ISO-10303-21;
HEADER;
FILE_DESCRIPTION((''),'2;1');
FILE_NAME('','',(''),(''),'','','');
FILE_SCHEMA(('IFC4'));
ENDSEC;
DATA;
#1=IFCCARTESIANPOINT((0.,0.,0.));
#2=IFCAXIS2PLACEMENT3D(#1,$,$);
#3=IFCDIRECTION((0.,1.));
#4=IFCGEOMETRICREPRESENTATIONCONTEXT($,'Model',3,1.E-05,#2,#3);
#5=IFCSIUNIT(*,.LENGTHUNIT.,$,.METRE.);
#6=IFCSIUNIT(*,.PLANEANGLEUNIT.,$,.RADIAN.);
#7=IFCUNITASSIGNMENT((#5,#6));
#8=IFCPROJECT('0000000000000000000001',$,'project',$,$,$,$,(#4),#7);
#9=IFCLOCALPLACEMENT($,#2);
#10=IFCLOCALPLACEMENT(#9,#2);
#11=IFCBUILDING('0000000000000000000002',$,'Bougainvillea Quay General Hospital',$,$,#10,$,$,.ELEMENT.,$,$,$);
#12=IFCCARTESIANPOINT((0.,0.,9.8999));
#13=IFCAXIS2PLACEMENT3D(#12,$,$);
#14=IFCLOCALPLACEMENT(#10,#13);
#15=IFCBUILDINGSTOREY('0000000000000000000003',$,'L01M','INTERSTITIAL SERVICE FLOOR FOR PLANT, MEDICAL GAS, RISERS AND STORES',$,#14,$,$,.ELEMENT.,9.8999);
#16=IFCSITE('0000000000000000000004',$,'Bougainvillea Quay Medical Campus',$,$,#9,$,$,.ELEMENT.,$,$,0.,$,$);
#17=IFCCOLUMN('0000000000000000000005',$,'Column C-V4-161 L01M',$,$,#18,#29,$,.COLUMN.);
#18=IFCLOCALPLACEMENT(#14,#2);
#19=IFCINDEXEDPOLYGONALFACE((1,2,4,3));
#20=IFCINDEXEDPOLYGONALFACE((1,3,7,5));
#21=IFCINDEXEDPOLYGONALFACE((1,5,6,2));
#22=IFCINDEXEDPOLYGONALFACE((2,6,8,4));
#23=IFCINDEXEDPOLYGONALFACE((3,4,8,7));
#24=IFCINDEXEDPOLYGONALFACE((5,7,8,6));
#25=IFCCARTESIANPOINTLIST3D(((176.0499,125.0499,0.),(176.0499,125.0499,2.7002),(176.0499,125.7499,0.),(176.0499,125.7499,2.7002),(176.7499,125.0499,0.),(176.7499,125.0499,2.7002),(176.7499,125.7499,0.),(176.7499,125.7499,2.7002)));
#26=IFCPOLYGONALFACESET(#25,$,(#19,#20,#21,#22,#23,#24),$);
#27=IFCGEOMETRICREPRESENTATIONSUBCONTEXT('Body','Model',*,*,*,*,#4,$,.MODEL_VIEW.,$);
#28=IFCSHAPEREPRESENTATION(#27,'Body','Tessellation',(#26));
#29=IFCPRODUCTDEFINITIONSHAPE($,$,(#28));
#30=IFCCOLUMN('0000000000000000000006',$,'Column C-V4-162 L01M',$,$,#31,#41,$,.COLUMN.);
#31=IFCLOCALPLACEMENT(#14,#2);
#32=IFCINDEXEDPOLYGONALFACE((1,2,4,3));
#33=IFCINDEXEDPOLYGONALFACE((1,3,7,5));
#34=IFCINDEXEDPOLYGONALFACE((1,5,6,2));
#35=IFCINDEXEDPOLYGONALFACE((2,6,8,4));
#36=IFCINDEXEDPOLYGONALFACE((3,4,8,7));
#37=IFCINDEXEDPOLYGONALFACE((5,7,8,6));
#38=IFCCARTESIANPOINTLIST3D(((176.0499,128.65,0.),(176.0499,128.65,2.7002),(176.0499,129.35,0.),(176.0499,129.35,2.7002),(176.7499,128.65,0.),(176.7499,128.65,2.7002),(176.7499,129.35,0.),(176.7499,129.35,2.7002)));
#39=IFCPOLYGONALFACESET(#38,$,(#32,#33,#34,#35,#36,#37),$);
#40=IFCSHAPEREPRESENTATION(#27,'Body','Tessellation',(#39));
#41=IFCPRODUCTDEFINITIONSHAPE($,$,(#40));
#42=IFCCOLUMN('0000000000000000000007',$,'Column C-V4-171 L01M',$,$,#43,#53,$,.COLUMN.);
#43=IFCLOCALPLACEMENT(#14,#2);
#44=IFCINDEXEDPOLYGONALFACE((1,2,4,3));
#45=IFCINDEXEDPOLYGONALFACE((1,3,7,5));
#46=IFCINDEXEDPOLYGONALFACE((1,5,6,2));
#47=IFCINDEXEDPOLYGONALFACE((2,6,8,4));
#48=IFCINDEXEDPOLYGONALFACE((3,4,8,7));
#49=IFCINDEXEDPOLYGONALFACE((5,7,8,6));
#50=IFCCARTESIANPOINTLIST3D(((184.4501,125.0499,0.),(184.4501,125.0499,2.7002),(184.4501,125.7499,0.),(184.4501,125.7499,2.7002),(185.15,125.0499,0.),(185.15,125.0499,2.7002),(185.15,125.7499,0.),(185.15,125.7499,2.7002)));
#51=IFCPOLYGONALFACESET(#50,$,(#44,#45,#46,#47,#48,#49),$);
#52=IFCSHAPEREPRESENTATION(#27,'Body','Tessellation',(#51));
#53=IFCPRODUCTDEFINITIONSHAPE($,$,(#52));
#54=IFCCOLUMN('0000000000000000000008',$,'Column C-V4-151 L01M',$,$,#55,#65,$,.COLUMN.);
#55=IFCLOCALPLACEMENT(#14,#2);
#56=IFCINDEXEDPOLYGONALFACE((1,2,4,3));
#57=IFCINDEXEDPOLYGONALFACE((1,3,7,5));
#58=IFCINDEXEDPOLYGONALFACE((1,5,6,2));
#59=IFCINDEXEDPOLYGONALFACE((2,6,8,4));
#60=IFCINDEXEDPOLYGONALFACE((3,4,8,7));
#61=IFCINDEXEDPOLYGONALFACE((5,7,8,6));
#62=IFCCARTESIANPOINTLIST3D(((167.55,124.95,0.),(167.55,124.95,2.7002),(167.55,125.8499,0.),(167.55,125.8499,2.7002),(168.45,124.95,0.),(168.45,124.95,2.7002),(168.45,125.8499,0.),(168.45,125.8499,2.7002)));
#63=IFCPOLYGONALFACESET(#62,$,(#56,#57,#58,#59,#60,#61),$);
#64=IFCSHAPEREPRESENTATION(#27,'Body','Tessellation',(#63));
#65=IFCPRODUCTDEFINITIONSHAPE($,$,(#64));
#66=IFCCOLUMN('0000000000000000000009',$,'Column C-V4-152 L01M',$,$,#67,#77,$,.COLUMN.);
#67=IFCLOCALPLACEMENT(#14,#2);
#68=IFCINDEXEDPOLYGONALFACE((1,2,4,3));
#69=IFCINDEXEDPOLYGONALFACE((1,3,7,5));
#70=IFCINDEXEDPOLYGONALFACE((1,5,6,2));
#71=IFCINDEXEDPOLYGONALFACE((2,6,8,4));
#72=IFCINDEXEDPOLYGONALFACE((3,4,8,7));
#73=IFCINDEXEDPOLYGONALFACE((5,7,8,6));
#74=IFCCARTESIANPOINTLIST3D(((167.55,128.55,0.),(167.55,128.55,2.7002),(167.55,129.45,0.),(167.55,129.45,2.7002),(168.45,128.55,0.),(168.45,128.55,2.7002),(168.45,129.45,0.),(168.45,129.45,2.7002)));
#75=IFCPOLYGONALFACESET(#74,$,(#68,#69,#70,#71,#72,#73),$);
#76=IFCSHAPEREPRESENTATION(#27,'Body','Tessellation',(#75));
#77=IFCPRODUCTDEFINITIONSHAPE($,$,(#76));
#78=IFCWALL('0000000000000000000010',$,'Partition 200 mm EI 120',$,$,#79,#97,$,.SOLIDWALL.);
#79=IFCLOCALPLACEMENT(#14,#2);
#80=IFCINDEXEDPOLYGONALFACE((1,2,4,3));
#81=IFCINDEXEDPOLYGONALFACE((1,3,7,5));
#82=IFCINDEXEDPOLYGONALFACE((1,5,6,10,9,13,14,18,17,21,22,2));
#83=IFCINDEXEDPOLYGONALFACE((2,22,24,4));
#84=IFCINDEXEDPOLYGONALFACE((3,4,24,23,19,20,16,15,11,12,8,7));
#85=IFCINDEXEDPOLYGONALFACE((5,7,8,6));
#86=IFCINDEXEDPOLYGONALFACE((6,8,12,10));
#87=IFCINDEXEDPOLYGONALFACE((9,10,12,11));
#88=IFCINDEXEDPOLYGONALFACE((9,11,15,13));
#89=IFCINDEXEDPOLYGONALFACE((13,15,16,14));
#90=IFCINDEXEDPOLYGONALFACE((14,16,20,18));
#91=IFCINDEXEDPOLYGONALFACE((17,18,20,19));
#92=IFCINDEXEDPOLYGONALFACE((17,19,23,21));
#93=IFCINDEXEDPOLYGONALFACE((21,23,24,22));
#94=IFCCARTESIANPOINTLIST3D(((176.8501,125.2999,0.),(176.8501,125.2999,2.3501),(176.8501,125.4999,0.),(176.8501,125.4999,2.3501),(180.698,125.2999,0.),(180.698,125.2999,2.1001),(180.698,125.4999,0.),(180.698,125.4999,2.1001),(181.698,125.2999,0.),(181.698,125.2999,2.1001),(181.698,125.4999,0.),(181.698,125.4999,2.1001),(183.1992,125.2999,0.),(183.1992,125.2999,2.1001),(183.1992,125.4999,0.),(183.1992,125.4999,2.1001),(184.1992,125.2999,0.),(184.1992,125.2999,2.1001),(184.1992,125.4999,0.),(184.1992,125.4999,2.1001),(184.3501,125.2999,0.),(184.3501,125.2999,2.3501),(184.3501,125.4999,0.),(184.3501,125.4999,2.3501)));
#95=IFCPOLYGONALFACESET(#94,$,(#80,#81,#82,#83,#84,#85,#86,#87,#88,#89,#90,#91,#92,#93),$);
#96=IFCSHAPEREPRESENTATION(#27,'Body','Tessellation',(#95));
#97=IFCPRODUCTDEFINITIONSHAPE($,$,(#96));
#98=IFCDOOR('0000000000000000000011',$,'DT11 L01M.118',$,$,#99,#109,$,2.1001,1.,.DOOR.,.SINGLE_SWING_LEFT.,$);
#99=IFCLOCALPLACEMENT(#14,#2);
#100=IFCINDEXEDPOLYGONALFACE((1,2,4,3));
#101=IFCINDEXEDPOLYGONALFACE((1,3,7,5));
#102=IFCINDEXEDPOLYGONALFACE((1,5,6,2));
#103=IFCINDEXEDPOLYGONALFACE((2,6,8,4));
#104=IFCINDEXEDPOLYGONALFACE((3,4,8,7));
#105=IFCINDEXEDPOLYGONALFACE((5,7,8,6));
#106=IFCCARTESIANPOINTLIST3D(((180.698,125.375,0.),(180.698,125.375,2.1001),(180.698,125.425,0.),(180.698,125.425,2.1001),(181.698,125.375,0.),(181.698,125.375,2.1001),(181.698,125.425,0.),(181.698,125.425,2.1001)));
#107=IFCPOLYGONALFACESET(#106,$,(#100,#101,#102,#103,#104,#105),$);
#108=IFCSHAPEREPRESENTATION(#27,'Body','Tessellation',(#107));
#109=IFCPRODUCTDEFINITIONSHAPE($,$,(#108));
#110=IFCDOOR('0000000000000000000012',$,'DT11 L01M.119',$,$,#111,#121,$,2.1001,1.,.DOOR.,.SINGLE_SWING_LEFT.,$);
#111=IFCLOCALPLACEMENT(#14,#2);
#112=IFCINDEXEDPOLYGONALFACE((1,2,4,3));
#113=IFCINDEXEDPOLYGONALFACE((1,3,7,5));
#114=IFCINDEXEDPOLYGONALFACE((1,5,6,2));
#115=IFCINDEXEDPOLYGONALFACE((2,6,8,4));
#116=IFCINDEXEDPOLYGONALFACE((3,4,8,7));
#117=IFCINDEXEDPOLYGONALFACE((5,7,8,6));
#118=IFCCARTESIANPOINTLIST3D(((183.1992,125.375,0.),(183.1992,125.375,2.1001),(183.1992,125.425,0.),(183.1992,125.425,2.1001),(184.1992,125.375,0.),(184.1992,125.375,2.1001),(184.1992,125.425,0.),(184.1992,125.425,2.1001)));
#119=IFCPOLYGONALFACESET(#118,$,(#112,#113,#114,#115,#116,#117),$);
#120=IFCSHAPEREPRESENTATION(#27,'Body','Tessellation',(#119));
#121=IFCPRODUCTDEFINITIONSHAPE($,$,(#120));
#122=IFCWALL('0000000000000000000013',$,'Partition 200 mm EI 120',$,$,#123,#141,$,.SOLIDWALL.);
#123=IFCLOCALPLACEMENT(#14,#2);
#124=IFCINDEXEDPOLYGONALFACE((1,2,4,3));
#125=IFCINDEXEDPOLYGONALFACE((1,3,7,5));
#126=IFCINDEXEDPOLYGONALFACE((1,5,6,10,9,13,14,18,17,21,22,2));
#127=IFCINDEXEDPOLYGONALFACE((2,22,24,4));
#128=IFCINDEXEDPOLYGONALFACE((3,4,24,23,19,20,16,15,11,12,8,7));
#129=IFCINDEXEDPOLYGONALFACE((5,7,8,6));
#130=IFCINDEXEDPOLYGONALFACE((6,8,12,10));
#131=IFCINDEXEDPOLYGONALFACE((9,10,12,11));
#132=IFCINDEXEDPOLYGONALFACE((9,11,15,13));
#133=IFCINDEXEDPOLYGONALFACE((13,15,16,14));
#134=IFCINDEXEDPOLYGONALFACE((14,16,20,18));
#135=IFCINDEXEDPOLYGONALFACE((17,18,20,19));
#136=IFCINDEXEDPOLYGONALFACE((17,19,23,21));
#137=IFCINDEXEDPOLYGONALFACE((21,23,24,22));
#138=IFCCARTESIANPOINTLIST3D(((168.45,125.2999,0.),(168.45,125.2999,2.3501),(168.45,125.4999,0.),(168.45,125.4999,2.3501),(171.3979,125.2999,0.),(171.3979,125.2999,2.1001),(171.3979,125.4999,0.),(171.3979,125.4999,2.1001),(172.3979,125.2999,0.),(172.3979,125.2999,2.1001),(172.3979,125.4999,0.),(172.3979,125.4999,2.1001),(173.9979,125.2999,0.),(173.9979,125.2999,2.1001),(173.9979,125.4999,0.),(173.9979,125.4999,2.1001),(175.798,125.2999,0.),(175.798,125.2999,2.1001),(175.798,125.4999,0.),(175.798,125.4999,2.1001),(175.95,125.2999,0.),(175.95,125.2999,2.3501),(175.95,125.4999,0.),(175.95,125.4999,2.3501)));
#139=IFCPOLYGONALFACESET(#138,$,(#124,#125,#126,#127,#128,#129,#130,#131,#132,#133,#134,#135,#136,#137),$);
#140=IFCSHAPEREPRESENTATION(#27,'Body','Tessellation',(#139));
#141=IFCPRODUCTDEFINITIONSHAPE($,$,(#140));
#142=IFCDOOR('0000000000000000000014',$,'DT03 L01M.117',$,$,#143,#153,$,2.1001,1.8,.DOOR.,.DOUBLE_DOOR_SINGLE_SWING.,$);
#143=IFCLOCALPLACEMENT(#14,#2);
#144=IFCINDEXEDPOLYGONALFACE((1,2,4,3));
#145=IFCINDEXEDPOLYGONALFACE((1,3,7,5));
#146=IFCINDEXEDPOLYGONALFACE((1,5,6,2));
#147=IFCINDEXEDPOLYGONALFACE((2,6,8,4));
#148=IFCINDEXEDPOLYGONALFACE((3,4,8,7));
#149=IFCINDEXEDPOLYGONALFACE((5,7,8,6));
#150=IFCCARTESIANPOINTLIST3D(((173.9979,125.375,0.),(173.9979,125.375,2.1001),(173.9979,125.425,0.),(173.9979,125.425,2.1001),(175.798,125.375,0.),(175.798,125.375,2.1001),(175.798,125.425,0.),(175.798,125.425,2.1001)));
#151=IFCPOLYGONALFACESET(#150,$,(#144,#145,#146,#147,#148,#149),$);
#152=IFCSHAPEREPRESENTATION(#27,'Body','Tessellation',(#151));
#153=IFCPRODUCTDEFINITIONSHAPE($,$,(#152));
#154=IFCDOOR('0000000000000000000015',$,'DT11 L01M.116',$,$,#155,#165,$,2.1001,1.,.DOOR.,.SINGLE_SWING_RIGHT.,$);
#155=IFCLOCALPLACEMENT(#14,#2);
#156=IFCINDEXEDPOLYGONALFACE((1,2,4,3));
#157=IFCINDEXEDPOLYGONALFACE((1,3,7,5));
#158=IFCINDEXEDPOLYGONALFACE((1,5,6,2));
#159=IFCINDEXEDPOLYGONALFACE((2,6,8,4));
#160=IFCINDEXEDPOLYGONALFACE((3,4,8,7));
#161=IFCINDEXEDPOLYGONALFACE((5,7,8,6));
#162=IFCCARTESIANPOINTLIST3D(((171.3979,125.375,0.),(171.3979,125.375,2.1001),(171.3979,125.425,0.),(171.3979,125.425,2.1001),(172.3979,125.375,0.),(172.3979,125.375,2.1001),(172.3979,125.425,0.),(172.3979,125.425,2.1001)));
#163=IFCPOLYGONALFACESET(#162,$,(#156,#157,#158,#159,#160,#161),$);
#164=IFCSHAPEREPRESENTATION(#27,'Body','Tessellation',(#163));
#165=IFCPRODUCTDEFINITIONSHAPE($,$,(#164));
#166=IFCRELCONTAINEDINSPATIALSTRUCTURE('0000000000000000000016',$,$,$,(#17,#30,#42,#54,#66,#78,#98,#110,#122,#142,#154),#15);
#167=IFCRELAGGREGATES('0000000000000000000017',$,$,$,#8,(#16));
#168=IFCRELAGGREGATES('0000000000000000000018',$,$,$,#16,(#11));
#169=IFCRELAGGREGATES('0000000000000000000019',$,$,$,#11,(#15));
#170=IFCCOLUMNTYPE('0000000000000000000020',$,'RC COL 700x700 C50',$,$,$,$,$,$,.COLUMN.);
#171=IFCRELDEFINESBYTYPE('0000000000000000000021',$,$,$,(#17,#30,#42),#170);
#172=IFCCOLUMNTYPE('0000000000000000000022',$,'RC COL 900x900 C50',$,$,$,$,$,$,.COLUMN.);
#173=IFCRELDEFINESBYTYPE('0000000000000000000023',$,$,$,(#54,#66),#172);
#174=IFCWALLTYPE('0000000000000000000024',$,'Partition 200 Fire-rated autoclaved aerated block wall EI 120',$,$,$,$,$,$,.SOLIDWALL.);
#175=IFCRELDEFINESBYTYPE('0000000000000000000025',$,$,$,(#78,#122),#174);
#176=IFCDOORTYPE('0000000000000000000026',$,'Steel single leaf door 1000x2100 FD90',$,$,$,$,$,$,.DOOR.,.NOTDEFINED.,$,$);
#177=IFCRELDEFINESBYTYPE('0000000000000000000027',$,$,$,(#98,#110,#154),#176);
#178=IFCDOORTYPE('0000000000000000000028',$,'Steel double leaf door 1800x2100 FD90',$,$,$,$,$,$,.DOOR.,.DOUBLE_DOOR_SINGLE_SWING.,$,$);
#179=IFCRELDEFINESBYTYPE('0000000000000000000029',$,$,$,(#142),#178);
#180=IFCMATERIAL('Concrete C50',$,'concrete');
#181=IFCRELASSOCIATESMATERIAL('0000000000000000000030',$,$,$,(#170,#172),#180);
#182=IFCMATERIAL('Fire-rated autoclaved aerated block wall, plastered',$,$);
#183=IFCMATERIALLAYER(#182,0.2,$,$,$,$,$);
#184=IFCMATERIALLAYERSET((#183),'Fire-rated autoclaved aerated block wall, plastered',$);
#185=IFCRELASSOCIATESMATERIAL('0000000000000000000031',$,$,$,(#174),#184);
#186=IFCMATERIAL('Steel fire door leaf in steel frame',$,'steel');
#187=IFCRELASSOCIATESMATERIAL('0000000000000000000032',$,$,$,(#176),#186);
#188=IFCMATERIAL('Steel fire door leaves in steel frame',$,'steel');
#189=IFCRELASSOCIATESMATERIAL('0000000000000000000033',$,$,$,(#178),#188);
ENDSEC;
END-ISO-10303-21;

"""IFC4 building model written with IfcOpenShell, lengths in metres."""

from ifc_helpers import new_model, si_unit, direction, frame, frame_2d, origin, origin_2d, place, context, subcontext, project, spatial, rectangle, extrude, material, layer, layer_set, material_profile, profile_set, type_object, element, fill, save


model = new_model("IFC4")

# Units and contexts
model_context = context("Model", 3, precision=1e-05, world=origin(), true_north=direction((0.0, 1.0)))
body_context = subcontext(model_context, "Body", "Model", "MODEL_VIEW")
ifc_project = project(units=[si_unit("LENGTHUNIT", "METRE"), si_unit("PLANEANGLEUNIT", "RADIAN")], contexts=[model_context])

# Site, building, storey
site_placement = place(None, origin())
site = spatial("IfcSite", under=ifc_project, at=site_placement, Name="Bougainvillea Quay Medical Campus", CompositionType="ELEMENT", RefElevation=0.0)
building_placement = place(site_placement, origin())
building = spatial("IfcBuilding", under=site, at=building_placement, Name="Bougainvillea Quay General Hospital", CompositionType="ELEMENT")
storey_placement = place(building_placement, frame((0.0, 0.0, 9.8999)))
storey = spatial("IfcBuildingStorey", under=building, at=storey_placement, Name="L01M", Description="INTERSTITIAL SERVICE FLOOR FOR PLANT, MEDICAL GAS, RISERS AND STORES", CompositionType="ELEMENT", Elevation=9.8999)

# Columns
ifc_material_1 = material(Name="Concrete C50", Category="concrete")
ifc_material_profile_1 = material_profile(ifc_material_1, rectangle(XDim=0.7, YDim=0.7, at=origin_2d()))
ifc_profile_set_1 = profile_set([ifc_material_profile_1], Name="Concrete C50")
column_type_1 = type_object("IfcColumnType", Name="RC COL 700x700 C50", PredefinedType="COLUMN", material=ifc_profile_set_1)
for number, where, z_axis, x_axis, name in (
    (1, (176.3999, 125.3999, 0.0), (0.0, 0.0, 1.0), (1.0, 0.0, 0.0), "Column C-V4-161 L01M"),
    (2, (176.3999, 129.0, 0.0), (0.0, 0.0, 1.0), (1.0, 0.0, 0.0), "Column C-V4-162 L01M"),
    (3, (184.8, 125.3999, 0.0), (0.0, 0.0, 1.0), (1.0, 0.0, 0.0), "Column C-V4-171 L01M"),
):
    element("IfcColumn", number, at=place(storey_placement, frame(where, z_axis=z_axis, x_axis=x_axis)), inside=storey, type_object=column_type_1, Name=name, PredefinedType="COLUMN", context=body_context, shape_type="SweptSolid", body=[
        extrude(rectangle(XDim=0.7, YDim=0.7, at=origin_2d()), origin(), (0.0, 0.0, 1.0), 2.7002),
    ])
ifc_material_profile_2 = material_profile(ifc_material_1, rectangle(XDim=0.8999, YDim=0.8999, at=origin_2d()))
ifc_profile_set_2 = profile_set([ifc_material_profile_2], Name="Concrete C50")
column_type_2 = type_object("IfcColumnType", Name="RC COL 900x900 C50", PredefinedType="COLUMN", material=ifc_profile_set_2)
for number, where, z_axis, x_axis, name in (
    (4, (168.0, 125.3999, 0.0), (0.0, 0.0, 1.0), (1.0, 0.0, 0.0), "Column C-V4-151 L01M"),
    (5, (168.0, 129.0, 0.0), (0.0, 0.0, 1.0), (1.0, 0.0, 0.0), "Column C-V4-152 L01M"),
):
    element("IfcColumn", number, at=place(storey_placement, frame(where, z_axis=z_axis, x_axis=x_axis)), inside=storey, type_object=column_type_2, Name=name, PredefinedType="COLUMN", context=body_context, shape_type="SweptSolid", body=[
        extrude(rectangle(XDim=0.8999, YDim=0.8999, at=origin_2d()), origin(), (0.0, 0.0, 1.0), 2.7002),
    ])

# Walls, openings, doors
ifc_material_2 = material(Name="Fire-rated autoclaved aerated block wall, plastered")
ifc_layer_1 = layer(ifc_material_2, 0.2)
ifc_layer_set_1 = layer_set([ifc_layer_1], Name="Fire-rated autoclaved aerated block wall, plastered")
wall_type_1 = type_object("IfcWallType", Name="Partition 200 Fire-rated autoclaved aerated block wall EI 120", PredefinedType="SOLIDWALL", material=ifc_layer_set_1)
wall_1_placement = place(storey_placement, frame((184.3501, 125.3999, 0.0), z_axis=(0.0, 0.0, 1.0), x_axis=(-1.0, 0.0, 0.0)))
wall_1 = element("IfcWall", 6, at=wall_1_placement, inside=storey, type_object=wall_type_1, Name="Partition 200 mm EI 120", PredefinedType="SOLIDWALL", context=body_context, shape_type="SweptSolid", body=[
    extrude(rectangle(XDim=7.5, YDim=0.2, at=frame_2d((3.75, 0.0))), origin(), (0.0, 0.0, 1.0), 2.3501),
])
opening_1_placement = place(wall_1_placement, frame((2.6521, 0.0, 0.0)))
opening_1 = element("IfcOpeningElement", 7, at=opening_1_placement, cuts=wall_1, PredefinedType="OPENING", context=body_context, shape_type="SweptSolid", body=[
    extrude(rectangle(XDim=1.0, YDim=2.1001, at=frame_2d((0.5, 1.05))), frame((0.0, 0.1099, 0.0), z_axis=(0.0, -1.0, 0.0), x_axis=(1.0, 0.0, 0.0)), (0.0, 0.0, 1.0), 0.22),
])
opening_2_placement = place(wall_1_placement, frame((0.1509, 0.0, 0.0)))
opening_2 = element("IfcOpeningElement", 8, at=opening_2_placement, cuts=wall_1, PredefinedType="OPENING", context=body_context, shape_type="SweptSolid", body=[
    extrude(rectangle(XDim=1.0, YDim=2.1001, at=frame_2d((0.5, 1.05))), frame((0.0, 0.1099, 0.0), z_axis=(0.0, -1.0, 0.0), x_axis=(1.0, 0.0, 0.0)), (0.0, 0.0, 1.0), 0.22),
])
ifc_material_3 = material(Name="Steel fire door leaf in steel frame", Category="steel")
door_type_1 = type_object("IfcDoorType", Name="Steel single leaf door 1000x2100 FD90", OperationType="NOTDEFINED", PredefinedType="DOOR", material=ifc_material_3)
door_1_placement = place(opening_1_placement, origin())
door_1 = element("IfcDoor", 9, at=door_1_placement, inside=storey, type_object=door_type_1, Name="DT11 L01M.118", OperationType="SINGLE_SWING_LEFT", OverallHeight=2.1001, OverallWidth=1.0, PredefinedType="DOOR", context=body_context, shape_type="SweptSolid", body=[
    extrude(rectangle(XDim=1.0, YDim=2.1001, at=frame_2d((0.5, 1.05))), frame((0.0, 0.0249, 0.0), z_axis=(0.0, -1.0, 0.0), x_axis=(1.0, 0.0, 0.0)), (0.0, 0.0, 1.0), 0.05),
])
fill(opening_1, door_1)
door_2_placement = place(opening_2_placement, origin())
door_2 = element("IfcDoor", 10, at=door_2_placement, inside=storey, type_object=door_type_1, Name="DT11 L01M.119", OperationType="SINGLE_SWING_LEFT", OverallHeight=2.1001, OverallWidth=1.0, PredefinedType="DOOR", context=body_context, shape_type="SweptSolid", body=[
    extrude(rectangle(XDim=1.0, YDim=2.1001, at=frame_2d((0.5, 1.05))), frame((0.0, 0.0249, 0.0), z_axis=(0.0, -1.0, 0.0), x_axis=(1.0, 0.0, 0.0)), (0.0, 0.0, 1.0), 0.05),
])
fill(opening_2, door_2)
wall_2_placement = place(storey_placement, frame((175.95, 125.3999, 0.0), z_axis=(0.0, 0.0, 1.0), x_axis=(-1.0, 0.0, 0.0)))
wall_2 = element("IfcWall", 11, at=wall_2_placement, inside=storey, type_object=wall_type_1, Name="Partition 200 mm EI 120", PredefinedType="SOLIDWALL", context=body_context, shape_type="SweptSolid", body=[
    extrude(rectangle(XDim=7.5, YDim=0.2, at=frame_2d((3.75, 0.0))), origin(), (0.0, 0.0, 1.0), 2.3501),
])
opening_3_placement = place(wall_2_placement, frame((3.552, 0.0, 0.0)))
opening_3 = element("IfcOpeningElement", 12, at=opening_3_placement, cuts=wall_2, PredefinedType="OPENING", context=body_context, shape_type="SweptSolid", body=[
    extrude(rectangle(XDim=1.0, YDim=2.1001, at=frame_2d((0.5, 1.05))), frame((0.0, 0.1099, 0.0), z_axis=(0.0, -1.0, 0.0), x_axis=(1.0, 0.0, 0.0)), (0.0, 0.0, 1.0), 0.22),
])
opening_4_placement = place(wall_2_placement, frame((0.1521, 0.0, 0.0)))
opening_4 = element("IfcOpeningElement", 13, at=opening_4_placement, cuts=wall_2, PredefinedType="OPENING", context=body_context, shape_type="SweptSolid", body=[
    extrude(rectangle(XDim=1.8, YDim=2.1001, at=frame_2d((0.8999, 1.05))), frame((0.0, 0.1099, 0.0), z_axis=(0.0, -1.0, 0.0), x_axis=(1.0, 0.0, 0.0)), (0.0, 0.0, 1.0), 0.22),
])
ifc_material_4 = material(Name="Steel fire door leaves in steel frame", Category="steel")
door_type_2 = type_object("IfcDoorType", Name="Steel double leaf door 1800x2100 FD90", OperationType="DOUBLE_DOOR_SINGLE_SWING", PredefinedType="DOOR", material=ifc_material_4)
door_3_placement = place(opening_4_placement, origin())
door_3 = element("IfcDoor", 14, at=door_3_placement, inside=storey, type_object=door_type_2, Name="DT03 L01M.117", OperationType="DOUBLE_DOOR_SINGLE_SWING", OverallHeight=2.1001, OverallWidth=1.8, PredefinedType="DOOR", context=body_context, shape_type="SweptSolid", body=[
    extrude(rectangle(XDim=1.8, YDim=2.1001, at=frame_2d((0.8999, 1.05))), frame((0.0, 0.0249, 0.0), z_axis=(0.0, -1.0, 0.0), x_axis=(1.0, 0.0, 0.0)), (0.0, 0.0, 1.0), 0.05),
])
fill(opening_4, door_3)
door_4_placement = place(opening_3_placement, origin())
door_4 = element("IfcDoor", 15, at=door_4_placement, inside=storey, type_object=door_type_1, Name="DT11 L01M.116", OperationType="SINGLE_SWING_RIGHT", OverallHeight=2.1001, OverallWidth=1.0, PredefinedType="DOOR", context=body_context, shape_type="SweptSolid", body=[
    extrude(rectangle(XDim=1.0, YDim=2.1001, at=frame_2d((0.5, 1.05))), frame((0.0, 0.0249, 0.0), z_axis=(0.0, -1.0, 0.0), x_axis=(1.0, 0.0, 0.0)), (0.0, 0.0, 1.0), 0.05),
])
fill(opening_3, door_4)

save(model, "model.ifc")
